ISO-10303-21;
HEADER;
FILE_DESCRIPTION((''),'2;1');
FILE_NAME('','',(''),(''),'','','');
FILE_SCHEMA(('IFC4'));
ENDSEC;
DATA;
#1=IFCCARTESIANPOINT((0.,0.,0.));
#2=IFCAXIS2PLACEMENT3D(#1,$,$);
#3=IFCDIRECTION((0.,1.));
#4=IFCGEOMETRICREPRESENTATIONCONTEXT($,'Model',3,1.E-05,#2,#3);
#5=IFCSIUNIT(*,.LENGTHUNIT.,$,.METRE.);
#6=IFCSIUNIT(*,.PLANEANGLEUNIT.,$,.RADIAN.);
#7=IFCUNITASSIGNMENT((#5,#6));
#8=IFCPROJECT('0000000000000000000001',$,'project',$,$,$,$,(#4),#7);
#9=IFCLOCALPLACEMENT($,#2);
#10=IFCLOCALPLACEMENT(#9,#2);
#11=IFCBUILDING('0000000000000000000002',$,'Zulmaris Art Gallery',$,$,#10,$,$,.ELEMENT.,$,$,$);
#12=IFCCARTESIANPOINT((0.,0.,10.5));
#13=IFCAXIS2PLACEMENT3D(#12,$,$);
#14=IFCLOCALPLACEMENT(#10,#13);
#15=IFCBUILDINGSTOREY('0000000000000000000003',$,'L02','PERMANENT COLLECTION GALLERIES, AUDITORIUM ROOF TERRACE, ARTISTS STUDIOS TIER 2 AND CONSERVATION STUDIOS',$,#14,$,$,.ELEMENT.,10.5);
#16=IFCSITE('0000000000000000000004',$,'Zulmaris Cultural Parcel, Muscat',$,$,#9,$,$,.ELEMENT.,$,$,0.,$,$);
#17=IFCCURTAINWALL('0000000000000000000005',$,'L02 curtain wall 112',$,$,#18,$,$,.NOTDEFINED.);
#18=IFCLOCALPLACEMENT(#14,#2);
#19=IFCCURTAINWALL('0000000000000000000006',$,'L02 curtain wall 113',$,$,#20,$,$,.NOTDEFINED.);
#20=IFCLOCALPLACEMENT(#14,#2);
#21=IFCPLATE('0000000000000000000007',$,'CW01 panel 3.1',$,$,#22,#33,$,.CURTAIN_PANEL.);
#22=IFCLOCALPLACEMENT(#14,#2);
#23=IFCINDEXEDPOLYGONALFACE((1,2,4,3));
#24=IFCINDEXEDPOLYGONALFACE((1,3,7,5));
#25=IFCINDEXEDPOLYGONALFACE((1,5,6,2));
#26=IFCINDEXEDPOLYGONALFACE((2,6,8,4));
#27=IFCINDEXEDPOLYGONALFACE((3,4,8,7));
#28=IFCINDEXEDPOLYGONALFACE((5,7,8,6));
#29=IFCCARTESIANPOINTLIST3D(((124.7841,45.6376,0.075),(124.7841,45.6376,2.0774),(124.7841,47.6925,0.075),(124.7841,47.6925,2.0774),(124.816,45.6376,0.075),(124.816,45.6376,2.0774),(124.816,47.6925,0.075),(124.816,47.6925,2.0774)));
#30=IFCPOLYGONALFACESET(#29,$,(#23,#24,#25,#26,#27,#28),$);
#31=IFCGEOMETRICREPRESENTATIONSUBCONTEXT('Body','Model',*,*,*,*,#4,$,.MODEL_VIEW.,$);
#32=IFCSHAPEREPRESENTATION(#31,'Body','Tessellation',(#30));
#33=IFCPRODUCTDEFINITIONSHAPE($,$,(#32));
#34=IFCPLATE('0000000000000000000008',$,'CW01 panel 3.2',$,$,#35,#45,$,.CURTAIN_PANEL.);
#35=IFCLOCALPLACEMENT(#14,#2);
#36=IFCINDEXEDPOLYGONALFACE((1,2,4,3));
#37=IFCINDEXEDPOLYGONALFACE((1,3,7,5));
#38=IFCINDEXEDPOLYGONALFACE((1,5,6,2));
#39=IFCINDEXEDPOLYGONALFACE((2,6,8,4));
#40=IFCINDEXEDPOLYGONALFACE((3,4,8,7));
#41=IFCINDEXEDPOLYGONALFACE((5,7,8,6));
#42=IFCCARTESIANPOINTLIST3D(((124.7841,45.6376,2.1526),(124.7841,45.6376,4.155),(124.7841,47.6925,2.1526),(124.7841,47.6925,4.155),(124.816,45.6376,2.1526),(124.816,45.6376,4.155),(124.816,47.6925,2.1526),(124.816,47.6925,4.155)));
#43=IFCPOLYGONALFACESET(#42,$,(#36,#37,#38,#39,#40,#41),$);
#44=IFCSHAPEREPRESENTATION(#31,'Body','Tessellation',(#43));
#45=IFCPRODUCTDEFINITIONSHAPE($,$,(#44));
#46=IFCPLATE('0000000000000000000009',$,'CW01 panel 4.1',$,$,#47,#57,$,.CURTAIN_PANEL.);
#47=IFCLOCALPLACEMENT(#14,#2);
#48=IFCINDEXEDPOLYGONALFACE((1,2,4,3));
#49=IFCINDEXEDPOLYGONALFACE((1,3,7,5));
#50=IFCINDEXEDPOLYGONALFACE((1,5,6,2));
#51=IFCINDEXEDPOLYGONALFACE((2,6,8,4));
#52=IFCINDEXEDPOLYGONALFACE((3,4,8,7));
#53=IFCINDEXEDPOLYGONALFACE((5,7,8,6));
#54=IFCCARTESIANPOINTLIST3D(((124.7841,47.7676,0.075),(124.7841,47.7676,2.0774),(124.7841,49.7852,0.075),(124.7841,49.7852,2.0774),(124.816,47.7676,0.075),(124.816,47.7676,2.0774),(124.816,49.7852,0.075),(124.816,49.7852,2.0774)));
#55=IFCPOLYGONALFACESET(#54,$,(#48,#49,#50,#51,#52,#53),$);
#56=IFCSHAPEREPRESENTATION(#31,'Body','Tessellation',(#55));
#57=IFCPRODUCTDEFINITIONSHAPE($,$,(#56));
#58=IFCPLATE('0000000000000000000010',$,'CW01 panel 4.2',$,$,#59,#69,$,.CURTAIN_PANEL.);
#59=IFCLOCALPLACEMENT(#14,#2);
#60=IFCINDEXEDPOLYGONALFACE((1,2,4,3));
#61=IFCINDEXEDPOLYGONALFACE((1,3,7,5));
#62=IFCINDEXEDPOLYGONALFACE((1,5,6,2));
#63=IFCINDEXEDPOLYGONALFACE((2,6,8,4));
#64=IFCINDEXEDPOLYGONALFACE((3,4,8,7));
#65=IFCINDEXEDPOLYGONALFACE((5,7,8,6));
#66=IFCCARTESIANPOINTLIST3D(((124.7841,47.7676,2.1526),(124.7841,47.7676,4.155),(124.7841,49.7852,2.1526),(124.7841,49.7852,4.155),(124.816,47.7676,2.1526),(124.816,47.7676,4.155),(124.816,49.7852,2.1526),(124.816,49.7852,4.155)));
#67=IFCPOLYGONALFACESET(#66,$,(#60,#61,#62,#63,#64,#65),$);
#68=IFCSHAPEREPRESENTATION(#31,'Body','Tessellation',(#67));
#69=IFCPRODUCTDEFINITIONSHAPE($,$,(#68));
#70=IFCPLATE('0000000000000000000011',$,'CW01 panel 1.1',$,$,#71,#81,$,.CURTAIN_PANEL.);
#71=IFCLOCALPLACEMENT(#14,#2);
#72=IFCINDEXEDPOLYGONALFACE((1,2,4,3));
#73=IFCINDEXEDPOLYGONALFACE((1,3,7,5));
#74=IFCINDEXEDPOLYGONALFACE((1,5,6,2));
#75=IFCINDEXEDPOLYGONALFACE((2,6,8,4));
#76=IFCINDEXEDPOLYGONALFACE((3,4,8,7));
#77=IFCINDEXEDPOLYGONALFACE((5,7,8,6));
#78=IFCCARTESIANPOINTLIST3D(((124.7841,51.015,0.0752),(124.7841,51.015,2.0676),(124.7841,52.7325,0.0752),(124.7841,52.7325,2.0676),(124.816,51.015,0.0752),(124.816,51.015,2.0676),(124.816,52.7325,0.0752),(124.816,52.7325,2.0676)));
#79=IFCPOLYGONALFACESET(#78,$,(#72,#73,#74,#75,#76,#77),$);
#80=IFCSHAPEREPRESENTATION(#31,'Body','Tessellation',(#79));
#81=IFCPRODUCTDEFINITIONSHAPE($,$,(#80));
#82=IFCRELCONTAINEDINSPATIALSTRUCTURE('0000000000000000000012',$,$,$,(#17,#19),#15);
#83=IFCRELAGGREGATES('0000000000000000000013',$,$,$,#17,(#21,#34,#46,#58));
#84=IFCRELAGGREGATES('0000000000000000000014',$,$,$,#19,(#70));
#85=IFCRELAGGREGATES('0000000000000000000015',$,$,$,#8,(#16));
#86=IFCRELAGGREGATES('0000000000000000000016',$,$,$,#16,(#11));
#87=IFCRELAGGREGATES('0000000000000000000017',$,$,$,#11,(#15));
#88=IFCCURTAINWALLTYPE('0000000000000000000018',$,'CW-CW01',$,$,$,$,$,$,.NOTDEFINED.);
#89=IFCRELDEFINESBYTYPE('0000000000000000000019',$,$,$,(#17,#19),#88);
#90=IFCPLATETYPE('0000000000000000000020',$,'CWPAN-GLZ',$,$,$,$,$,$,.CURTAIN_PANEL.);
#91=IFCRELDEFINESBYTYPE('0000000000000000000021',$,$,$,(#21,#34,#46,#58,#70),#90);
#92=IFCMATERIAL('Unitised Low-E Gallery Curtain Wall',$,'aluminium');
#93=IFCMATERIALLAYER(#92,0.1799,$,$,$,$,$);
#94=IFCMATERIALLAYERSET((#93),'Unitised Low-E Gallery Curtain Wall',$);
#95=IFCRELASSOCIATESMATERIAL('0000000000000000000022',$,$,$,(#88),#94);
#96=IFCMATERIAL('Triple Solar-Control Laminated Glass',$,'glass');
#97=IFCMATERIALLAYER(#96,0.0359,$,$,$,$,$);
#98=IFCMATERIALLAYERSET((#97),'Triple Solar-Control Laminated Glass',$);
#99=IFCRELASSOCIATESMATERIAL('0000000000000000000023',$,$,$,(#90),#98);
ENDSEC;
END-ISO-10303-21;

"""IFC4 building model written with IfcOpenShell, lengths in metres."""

from ifc_helpers import new_model, si_unit, direction, frame, origin, origin_2d, place, context, subcontext, project, spatial, rectangle, extrude, material, layer, layer_set, type_object, element, aggregate, save


model = new_model("IFC4")

# Units and contexts
model_context = context("Model", 3, precision=1e-05, world=origin(), true_north=direction((0.0, 1.0)))
body_context = subcontext(model_context, "Body", "Model", "MODEL_VIEW")
ifc_project = project(units=[si_unit("LENGTHUNIT", "METRE"), si_unit("PLANEANGLEUNIT", "RADIAN")], contexts=[model_context])

# Site, building, storey
site_placement = place(None, origin())
site = spatial("IfcSite", under=ifc_project, at=site_placement, Name="Zulmaris Cultural Parcel, Muscat", CompositionType="ELEMENT", RefElevation=0.0)
building_placement = place(site_placement, origin())
building = spatial("IfcBuilding", under=site, at=building_placement, Name="Zulmaris Art Gallery", CompositionType="ELEMENT")
storey_placement = place(building_placement, frame((0.0, 0.0, 10.5)))
storey = spatial("IfcBuildingStorey", under=building, at=storey_placement, Name="L02", Description="PERMANENT COLLECTION GALLERIES, AUDITORIUM ROOF TERRACE, ARTISTS STUDIOS TIER 2 AND CONSERVATION STUDIOS", CompositionType="ELEMENT", Elevation=10.5)

# Curtain walls
ifc_material_1 = material(Name="Unitised Low-E Gallery Curtain Wall", Category="aluminium")
ifc_layer_1 = layer(ifc_material_1, 0.1799)
ifc_layer_set_1 = layer_set([ifc_layer_1], Name="Unitised Low-E Gallery Curtain Wall")
curtain_wall_type = type_object("IfcCurtainWallType", Name="CW-CW01", PredefinedType="NOTDEFINED", material=ifc_layer_set_1)
curtain_wall_1_placement = place(storey_placement, origin())
curtain_wall_1 = element("IfcCurtainWall", 1, at=curtain_wall_1_placement, inside=storey, type_object=curtain_wall_type, Name="L02 curtain wall 112", PredefinedType="NOTDEFINED")
curtain_wall_2_placement = place(storey_placement, origin())
curtain_wall_2 = element("IfcCurtainWall", 2, at=curtain_wall_2_placement, inside=storey, type_object=curtain_wall_type, Name="L02 curtain wall 113", PredefinedType="NOTDEFINED")

# Plates
ifc_material_2 = material(Name="Triple Solar-Control Laminated Glass", Category="glass")
ifc_layer_2 = layer(ifc_material_2, 0.0359)
ifc_layer_set_2 = layer_set([ifc_layer_2], Name="Triple Solar-Control Laminated Glass")
plate_type = type_object("IfcPlateType", Name="CWPAN-GLZ", PredefinedType="CURTAIN_PANEL", material=ifc_layer_set_2)
plate_1_placement = place(storey_placement, frame((124.8, 46.665, 0.075), z_axis=(0.0, 0.0, 1.0), x_axis=(0.0, 1.0, 0.0)))
plate_1 = element("IfcPlate", 3, at=plate_1_placement, type_object=plate_type, Name="CW01 panel 3.1", PredefinedType="CURTAIN_PANEL", context=body_context, shape_type="SweptSolid", body=[
    extrude(rectangle(XDim=2.0549, YDim=0.032, at=origin_2d()), origin(), (0.0, 0.0, 1.0), 2.0024),
])
plate_2_placement = place(storey_placement, frame((124.8, 46.665, 2.1526), z_axis=(0.0, 0.0, 1.0), x_axis=(0.0, 1.0, 0.0)))
plate_2 = element("IfcPlate", 4, at=plate_2_placement, type_object=plate_type, Name="CW01 panel 3.2", PredefinedType="CURTAIN_PANEL", context=body_context, shape_type="SweptSolid", body=[
    extrude(rectangle(XDim=2.0549, YDim=0.032, at=origin_2d()), origin(), (0.0, 0.0, 1.0), 2.0024),
])
plate_3_placement = place(storey_placement, frame((124.8, 48.7764, 0.075), z_axis=(0.0, 0.0, 1.0), x_axis=(0.0, 1.0, 0.0)))
plate_3 = element("IfcPlate", 5, at=plate_3_placement, type_object=plate_type, Name="CW01 panel 4.1", PredefinedType="CURTAIN_PANEL", context=body_context, shape_type="SweptSolid", body=[
    extrude(rectangle(XDim=2.0176, YDim=0.032, at=origin_2d()), origin(), (0.0, 0.0, 1.0), 2.0024),
])
plate_4_placement = place(storey_placement, frame((124.8, 48.7764, 2.1526), z_axis=(0.0, 0.0, 1.0), x_axis=(0.0, 1.0, 0.0)))
plate_4 = element("IfcPlate", 6, at=plate_4_placement, type_object=plate_type, Name="CW01 panel 4.2", PredefinedType="CURTAIN_PANEL", context=body_context, shape_type="SweptSolid", body=[
    extrude(rectangle(XDim=2.0176, YDim=0.032, at=origin_2d()), origin(), (0.0, 0.0, 1.0), 2.0024),
])
aggregate(curtain_wall_1, [plate_1, plate_2, plate_3, plate_4])
plate_5_placement = place(storey_placement, frame((124.8, 51.8738, 0.0752), z_axis=(0.0, 0.0, 1.0), x_axis=(0.0, 1.0, 0.0)))
plate_5 = element("IfcPlate", 7, at=plate_5_placement, type_object=plate_type, Name="CW01 panel 1.1", PredefinedType="CURTAIN_PANEL", context=body_context, shape_type="SweptSolid", body=[
    extrude(rectangle(XDim=1.7175, YDim=0.032, at=origin_2d()), origin(), (0.0, 0.0, 1.0), 1.9924),
])
aggregate(curtain_wall_2, [plate_5])

save(model, "model.ifc")
